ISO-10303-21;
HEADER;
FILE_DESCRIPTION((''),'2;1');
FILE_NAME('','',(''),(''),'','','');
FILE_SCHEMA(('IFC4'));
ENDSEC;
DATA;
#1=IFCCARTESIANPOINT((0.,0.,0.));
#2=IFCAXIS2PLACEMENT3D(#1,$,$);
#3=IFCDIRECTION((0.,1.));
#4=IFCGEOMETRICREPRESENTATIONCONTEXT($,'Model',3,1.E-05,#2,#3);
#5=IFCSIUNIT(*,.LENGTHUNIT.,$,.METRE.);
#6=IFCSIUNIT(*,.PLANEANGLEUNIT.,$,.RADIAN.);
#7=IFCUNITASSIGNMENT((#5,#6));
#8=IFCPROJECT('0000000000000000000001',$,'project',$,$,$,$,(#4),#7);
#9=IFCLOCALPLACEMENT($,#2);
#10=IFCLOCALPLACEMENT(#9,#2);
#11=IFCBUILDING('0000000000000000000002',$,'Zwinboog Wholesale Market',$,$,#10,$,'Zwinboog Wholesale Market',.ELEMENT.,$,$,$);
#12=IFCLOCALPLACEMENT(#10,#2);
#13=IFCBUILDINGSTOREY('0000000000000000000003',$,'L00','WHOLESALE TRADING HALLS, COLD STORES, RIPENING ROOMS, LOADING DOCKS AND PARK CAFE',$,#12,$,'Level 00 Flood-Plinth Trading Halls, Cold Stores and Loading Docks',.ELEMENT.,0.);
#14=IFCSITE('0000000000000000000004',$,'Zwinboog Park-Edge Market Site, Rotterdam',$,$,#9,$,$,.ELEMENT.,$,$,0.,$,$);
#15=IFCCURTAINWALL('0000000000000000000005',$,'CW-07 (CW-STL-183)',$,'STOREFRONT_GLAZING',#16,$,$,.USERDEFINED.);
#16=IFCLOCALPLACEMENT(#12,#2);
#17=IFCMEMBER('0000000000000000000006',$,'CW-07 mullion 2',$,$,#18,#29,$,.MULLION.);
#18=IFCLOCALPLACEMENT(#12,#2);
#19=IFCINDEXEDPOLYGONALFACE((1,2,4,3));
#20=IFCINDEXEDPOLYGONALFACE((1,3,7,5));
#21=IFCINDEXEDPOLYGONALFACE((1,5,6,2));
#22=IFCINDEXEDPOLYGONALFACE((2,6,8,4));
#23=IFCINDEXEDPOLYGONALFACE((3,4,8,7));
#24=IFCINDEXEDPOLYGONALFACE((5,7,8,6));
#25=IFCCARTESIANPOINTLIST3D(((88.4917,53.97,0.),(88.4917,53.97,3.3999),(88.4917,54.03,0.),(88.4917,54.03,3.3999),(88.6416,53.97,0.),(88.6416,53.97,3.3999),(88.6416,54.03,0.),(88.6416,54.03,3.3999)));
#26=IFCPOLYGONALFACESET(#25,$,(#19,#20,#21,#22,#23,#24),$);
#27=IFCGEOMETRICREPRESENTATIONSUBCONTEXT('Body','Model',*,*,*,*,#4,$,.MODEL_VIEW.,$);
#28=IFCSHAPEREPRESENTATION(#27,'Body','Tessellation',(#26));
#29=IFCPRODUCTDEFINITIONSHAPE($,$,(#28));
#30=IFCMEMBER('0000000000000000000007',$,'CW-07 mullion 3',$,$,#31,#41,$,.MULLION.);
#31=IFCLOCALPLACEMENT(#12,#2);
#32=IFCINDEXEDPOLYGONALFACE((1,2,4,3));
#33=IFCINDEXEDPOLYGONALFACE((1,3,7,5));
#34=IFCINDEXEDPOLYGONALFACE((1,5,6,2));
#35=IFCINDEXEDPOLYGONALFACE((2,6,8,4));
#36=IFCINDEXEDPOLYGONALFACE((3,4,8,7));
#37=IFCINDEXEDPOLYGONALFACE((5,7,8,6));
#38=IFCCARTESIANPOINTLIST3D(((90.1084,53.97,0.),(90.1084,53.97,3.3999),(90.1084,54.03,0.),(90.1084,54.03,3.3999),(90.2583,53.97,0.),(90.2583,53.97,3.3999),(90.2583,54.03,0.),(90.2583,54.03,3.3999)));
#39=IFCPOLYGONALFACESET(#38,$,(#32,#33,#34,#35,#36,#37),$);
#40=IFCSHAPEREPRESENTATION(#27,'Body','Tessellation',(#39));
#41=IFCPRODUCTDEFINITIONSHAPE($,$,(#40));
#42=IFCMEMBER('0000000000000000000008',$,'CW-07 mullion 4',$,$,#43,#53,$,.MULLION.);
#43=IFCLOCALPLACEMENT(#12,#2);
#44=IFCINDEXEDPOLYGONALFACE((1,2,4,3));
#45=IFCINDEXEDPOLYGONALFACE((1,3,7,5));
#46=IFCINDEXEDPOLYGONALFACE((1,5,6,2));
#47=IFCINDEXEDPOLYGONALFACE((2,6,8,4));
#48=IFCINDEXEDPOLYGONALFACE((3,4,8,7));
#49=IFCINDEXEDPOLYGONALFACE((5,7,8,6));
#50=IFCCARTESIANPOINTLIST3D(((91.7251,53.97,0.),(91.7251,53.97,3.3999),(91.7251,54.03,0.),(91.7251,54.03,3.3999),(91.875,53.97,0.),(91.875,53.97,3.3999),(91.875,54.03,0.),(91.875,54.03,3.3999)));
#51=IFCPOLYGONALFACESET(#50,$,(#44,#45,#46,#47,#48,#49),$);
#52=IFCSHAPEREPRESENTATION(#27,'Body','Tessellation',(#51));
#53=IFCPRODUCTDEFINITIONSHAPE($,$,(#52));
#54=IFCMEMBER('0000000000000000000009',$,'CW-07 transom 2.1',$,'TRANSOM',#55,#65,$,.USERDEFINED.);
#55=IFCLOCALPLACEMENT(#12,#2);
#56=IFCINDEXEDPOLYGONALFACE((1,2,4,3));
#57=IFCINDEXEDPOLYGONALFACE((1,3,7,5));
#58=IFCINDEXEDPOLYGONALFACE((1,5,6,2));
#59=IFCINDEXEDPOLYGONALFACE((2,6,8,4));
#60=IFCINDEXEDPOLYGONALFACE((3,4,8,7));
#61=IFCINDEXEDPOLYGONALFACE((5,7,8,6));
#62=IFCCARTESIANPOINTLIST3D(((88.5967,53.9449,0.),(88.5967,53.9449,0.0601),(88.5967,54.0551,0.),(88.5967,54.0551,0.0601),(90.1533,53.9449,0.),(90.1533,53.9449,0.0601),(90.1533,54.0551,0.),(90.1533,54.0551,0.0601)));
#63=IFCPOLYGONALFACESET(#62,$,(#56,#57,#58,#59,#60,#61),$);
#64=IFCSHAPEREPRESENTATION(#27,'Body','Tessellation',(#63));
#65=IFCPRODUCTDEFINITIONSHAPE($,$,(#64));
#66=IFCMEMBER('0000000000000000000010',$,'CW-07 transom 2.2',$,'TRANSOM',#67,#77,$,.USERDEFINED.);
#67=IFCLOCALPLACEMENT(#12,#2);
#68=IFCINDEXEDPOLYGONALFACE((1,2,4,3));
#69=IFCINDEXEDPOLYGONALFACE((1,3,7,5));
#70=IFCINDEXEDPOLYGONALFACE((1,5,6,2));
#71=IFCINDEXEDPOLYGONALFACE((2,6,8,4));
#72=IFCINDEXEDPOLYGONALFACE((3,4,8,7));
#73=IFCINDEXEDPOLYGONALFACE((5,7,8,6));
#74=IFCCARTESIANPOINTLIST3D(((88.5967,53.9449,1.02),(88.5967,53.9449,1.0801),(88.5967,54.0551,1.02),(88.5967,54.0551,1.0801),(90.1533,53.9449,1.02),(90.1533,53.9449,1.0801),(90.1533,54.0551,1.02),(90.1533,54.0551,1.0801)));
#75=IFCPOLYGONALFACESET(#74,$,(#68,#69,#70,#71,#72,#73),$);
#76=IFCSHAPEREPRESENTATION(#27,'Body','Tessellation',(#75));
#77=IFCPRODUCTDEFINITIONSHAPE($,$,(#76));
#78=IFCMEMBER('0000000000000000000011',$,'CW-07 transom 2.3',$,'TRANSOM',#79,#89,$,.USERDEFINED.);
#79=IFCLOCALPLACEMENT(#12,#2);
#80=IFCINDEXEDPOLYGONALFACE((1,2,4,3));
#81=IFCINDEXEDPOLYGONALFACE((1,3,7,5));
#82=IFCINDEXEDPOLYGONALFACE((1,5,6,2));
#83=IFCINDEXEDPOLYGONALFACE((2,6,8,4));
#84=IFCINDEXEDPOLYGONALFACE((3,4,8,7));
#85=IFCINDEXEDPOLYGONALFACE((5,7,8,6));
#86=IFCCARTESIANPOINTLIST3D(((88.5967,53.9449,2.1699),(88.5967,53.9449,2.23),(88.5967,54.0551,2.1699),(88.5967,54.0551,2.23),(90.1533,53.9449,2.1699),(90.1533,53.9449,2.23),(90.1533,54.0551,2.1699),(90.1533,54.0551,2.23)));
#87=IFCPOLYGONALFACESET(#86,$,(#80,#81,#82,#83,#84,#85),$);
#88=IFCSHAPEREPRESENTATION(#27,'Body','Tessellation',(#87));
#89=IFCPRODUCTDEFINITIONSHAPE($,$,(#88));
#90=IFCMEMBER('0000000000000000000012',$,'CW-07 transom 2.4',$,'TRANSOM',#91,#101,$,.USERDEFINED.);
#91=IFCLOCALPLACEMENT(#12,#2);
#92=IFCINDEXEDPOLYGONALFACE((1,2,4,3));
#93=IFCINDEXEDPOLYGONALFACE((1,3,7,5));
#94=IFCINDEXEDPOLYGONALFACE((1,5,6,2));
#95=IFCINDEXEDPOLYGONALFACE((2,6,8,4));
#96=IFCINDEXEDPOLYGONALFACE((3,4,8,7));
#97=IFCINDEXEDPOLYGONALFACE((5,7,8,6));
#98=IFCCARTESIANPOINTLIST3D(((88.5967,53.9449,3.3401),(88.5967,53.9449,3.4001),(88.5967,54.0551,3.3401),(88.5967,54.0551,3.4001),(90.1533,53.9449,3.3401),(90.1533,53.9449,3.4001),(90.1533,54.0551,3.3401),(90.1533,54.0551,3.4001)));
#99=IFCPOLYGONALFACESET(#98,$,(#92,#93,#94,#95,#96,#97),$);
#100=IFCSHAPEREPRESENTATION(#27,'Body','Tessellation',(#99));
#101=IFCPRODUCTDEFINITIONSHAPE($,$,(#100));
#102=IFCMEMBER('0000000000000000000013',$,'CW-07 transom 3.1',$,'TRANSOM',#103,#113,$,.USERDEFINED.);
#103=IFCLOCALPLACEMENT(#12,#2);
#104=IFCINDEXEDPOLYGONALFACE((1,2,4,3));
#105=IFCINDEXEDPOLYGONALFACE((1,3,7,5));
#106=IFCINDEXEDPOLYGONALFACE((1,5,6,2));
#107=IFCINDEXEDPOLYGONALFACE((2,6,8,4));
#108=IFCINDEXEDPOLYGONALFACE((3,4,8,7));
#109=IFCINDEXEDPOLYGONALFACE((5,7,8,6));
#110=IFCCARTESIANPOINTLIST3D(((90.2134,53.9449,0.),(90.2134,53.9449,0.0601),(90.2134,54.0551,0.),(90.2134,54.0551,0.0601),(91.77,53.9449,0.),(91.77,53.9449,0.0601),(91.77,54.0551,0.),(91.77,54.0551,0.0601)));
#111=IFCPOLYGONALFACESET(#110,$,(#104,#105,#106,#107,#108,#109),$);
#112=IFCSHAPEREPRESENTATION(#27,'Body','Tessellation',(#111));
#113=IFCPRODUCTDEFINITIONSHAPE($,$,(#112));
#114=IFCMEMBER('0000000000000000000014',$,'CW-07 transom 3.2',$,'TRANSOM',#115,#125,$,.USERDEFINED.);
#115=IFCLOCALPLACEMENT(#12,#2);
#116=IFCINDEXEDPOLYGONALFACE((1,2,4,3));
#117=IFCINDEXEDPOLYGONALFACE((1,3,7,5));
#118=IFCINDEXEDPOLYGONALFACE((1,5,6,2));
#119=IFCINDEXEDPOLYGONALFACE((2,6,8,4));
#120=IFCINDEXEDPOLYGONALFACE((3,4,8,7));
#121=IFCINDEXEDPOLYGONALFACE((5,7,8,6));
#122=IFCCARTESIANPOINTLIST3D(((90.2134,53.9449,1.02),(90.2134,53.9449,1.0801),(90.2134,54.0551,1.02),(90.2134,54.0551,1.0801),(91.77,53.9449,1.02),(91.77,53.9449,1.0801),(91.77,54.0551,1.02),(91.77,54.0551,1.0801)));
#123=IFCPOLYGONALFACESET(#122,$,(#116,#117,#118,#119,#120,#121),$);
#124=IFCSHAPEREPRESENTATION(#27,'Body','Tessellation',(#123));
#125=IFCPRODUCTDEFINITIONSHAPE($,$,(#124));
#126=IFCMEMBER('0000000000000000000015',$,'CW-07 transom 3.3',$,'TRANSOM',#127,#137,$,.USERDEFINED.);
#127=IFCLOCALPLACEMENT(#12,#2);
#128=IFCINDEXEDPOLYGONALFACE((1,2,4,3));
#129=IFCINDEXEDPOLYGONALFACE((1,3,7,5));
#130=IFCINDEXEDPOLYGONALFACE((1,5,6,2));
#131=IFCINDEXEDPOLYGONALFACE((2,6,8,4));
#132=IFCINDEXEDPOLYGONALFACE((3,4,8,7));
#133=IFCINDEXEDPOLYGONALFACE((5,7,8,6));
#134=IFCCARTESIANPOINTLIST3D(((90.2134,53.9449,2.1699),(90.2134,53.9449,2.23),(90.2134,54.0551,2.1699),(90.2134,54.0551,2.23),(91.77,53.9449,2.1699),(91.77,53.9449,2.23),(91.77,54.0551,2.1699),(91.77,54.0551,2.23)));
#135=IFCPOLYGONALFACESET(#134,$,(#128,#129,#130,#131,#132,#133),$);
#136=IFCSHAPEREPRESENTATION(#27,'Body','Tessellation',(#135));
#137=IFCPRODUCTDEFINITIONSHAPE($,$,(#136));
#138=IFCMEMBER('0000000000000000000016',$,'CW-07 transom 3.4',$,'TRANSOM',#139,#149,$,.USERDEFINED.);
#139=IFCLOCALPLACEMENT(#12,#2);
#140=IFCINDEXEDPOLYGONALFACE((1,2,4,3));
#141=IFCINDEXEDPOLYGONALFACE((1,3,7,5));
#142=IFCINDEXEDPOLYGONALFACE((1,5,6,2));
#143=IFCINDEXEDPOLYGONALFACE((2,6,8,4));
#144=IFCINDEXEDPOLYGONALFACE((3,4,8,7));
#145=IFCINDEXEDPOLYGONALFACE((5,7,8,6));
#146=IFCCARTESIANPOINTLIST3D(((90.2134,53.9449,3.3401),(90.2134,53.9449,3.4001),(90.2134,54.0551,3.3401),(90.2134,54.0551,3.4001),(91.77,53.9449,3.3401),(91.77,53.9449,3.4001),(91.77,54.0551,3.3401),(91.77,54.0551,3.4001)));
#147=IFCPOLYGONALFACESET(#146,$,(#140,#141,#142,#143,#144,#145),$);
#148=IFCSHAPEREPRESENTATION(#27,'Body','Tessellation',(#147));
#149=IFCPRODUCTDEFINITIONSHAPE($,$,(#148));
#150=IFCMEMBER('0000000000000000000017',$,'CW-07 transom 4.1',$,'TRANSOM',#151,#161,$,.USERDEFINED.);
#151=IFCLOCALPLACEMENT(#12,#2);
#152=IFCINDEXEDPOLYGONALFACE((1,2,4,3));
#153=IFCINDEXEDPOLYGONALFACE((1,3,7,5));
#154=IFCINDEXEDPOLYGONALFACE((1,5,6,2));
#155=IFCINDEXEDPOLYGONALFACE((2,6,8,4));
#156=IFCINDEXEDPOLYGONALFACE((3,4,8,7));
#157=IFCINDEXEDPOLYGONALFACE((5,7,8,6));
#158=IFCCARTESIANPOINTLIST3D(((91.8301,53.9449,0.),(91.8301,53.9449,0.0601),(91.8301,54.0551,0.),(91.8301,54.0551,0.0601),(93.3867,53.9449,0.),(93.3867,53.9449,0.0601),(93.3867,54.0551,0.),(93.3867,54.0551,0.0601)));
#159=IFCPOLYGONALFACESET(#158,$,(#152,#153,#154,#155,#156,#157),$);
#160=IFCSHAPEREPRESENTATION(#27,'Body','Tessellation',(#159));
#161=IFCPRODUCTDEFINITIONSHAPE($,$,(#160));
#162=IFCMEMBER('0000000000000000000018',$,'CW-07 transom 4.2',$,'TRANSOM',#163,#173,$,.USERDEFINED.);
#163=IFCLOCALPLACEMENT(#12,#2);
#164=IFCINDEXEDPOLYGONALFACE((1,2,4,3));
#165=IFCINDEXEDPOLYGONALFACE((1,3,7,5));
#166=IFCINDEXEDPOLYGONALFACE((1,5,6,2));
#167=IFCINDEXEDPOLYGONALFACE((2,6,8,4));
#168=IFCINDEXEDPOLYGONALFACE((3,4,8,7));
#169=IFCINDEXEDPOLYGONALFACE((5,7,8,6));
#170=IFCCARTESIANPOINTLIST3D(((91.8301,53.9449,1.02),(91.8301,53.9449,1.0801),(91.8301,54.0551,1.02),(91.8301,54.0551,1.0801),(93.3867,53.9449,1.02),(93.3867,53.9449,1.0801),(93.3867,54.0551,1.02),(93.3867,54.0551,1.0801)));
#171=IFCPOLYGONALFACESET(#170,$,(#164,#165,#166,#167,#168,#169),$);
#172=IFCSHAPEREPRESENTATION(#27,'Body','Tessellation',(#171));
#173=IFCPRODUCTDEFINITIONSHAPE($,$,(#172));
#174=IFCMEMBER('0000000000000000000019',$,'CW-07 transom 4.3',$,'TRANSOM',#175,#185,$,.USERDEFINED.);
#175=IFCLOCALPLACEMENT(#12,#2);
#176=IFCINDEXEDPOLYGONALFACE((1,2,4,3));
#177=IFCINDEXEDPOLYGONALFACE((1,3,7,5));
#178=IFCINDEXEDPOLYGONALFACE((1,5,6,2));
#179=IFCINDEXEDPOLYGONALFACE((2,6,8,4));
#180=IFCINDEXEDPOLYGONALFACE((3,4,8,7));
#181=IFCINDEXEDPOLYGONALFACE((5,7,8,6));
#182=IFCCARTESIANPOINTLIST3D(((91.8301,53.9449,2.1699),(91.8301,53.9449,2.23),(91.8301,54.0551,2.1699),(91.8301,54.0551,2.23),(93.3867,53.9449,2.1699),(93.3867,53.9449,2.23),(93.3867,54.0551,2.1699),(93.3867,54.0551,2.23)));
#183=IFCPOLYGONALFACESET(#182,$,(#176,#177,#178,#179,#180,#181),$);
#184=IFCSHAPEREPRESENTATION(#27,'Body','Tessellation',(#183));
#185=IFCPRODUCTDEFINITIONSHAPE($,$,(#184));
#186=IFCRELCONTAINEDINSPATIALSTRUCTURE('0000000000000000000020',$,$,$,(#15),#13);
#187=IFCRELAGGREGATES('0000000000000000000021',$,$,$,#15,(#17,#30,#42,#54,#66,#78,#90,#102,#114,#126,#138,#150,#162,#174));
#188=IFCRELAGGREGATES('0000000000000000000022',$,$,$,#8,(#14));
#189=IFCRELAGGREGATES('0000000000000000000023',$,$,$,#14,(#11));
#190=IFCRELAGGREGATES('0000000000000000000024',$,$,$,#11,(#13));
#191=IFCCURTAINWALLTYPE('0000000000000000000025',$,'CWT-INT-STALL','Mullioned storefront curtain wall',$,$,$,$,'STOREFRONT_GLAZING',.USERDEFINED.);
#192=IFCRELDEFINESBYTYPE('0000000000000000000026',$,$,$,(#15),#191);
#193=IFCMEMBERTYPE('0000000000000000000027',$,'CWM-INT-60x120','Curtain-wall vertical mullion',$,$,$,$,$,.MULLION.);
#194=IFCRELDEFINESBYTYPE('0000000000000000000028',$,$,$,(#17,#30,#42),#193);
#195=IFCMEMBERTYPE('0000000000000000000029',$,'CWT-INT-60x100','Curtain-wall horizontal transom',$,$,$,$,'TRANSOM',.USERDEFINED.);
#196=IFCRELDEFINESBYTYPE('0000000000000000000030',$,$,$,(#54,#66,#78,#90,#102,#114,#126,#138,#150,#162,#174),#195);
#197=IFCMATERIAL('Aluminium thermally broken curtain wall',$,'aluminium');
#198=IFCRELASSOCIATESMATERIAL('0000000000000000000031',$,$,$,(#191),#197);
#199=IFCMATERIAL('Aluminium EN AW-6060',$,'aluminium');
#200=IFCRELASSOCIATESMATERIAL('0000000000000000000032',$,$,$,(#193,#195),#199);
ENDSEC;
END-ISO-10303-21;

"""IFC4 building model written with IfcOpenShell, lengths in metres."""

from ifc_helpers import new_model, si_unit, direction, frame, origin, origin_2d, place, context, subcontext, project, spatial, rectangle, extrude, material, material_profile, profile_set, type_object, element, aggregate, save


model = new_model("IFC4")

# Units and contexts
model_context = context("Model", 3, precision=1e-05, world=origin(), true_north=direction((0.0, 1.0)))
body_context = subcontext(model_context, "Body", "Model", "MODEL_VIEW")
ifc_project = project(units=[si_unit("LENGTHUNIT", "METRE"), si_unit("PLANEANGLEUNIT", "RADIAN")], contexts=[model_context])

# Site, building, storey
site_placement = place(None, origin())
site = spatial("IfcSite", under=ifc_project, at=site_placement, Name="Zwinboog Park-Edge Market Site, Rotterdam", CompositionType="ELEMENT", RefElevation=0.0)
building_placement = place(site_placement, origin())
building = spatial("IfcBuilding", under=site, at=building_placement, Name="Zwinboog Wholesale Market", LongName="Zwinboog Wholesale Market", CompositionType="ELEMENT")
storey_placement = place(building_placement, origin())
storey = spatial("IfcBuildingStorey", under=building, at=storey_placement, Name="L00", Description="WHOLESALE TRADING HALLS, COLD STORES, RIPENING ROOMS, LOADING DOCKS AND PARK CAFE", LongName="Level 00 Flood-Plinth Trading Halls, Cold Stores and Loading Docks", CompositionType="ELEMENT", Elevation=0.0)

# Curtain wall, members
ifc_material_1 = material(Name="Aluminium thermally broken curtain wall", Category="aluminium")
curtain_wall_type = type_object("IfcCurtainWallType", Name="CWT-INT-STALL", Description="Mullioned storefront curtain wall", ElementType="STOREFRONT_GLAZING", PredefinedType="USERDEFINED", material=ifc_material_1)
curtain_wall_placement = place(storey_placement, origin())
curtain_wall = element("IfcCurtainWall", 1, at=curtain_wall_placement, inside=storey, type_object=curtain_wall_type, Name="CW-07 (CW-STL-183)", ObjectType="STOREFRONT_GLAZING", PredefinedType="USERDEFINED")
ifc_material_2 = material(Name="Aluminium EN AW-6060", Category="aluminium")
ifc_material_profile_1 = material_profile(ifc_material_2, rectangle(XDim=0.0601, YDim=0.1499, at=origin_2d()), Name="AL 60x150")
ifc_profile_set_1 = profile_set([ifc_material_profile_1], Name="Aluminium EN AW-6060")
member_type_1 = type_object("IfcMemberType", Name="CWM-INT-60x120", Description="Curtain-wall vertical mullion", PredefinedType="MULLION", material=ifc_profile_set_1)
member_1_placement = place(storey_placement, frame((88.5667, 54.0, 0.0), z_axis=(0.0, 0.0, 1.0), x_axis=(0.0, 1.0, 0.0)))
member_1 = element("IfcMember", 2, at=member_1_placement, type_object=member_type_1, Name="CW-07 mullion 2", PredefinedType="MULLION", context=body_context, shape_type="SweptSolid", body=[
    extrude(rectangle(XDim=0.0601, YDim=0.1499, at=origin_2d()), origin(), (0.0, 0.0, 1.0), 3.3999),
])
member_2_placement = place(storey_placement, frame((90.1833, 54.0, 0.0), z_axis=(0.0, 0.0, 1.0), x_axis=(0.0, 1.0, 0.0)))
member_2 = element("IfcMember", 3, at=member_2_placement, type_object=member_type_1, Name="CW-07 mullion 3", PredefinedType="MULLION", context=body_context, shape_type="SweptSolid", body=[
    extrude(rectangle(XDim=0.0601, YDim=0.1499, at=origin_2d()), origin(), (0.0, 0.0, 1.0), 3.3999),
])
member_3_placement = place(storey_placement, frame((91.8, 54.0, 0.0), z_axis=(0.0, 0.0, 1.0), x_axis=(0.0, 1.0, 0.0)))
member_3 = element("IfcMember", 4, at=member_3_placement, type_object=member_type_1, Name="CW-07 mullion 4", PredefinedType="MULLION", context=body_context, shape_type="SweptSolid", body=[
    extrude(rectangle(XDim=0.0601, YDim=0.1499, at=origin_2d()), origin(), (0.0, 0.0, 1.0), 3.3999),
])
ifc_material_profile_2 = material_profile(ifc_material_2, rectangle(XDim=0.1101, YDim=0.0601, at=origin_2d()), Name="AL 60x110")
ifc_profile_set_2 = profile_set([ifc_material_profile_2], Name="Aluminium EN AW-6060")
member_type_2 = type_object("IfcMemberType", Name="CWT-INT-60x100", Description="Curtain-wall horizontal transom", ElementType="TRANSOM", PredefinedType="USERDEFINED", material=ifc_profile_set_2)
member_4_placement = place(storey_placement, frame((88.5967, 54.0, 0.03), z_axis=(1.0, 0.0, 0.0), x_axis=(0.0, 1.0, 0.0)))
member_4 = element("IfcMember", 5, at=member_4_placement, type_object=member_type_2, Name="CW-07 transom 2.1", ObjectType="TRANSOM", PredefinedType="USERDEFINED", context=body_context, shape_type="SweptSolid", body=[
    extrude(rectangle(XDim=0.1101, YDim=0.0601, at=origin_2d()), origin(), (0.0, 0.0, 1.0), 1.5566),
])
member_5_placement = place(storey_placement, frame((88.5967, 54.0, 1.05), z_axis=(1.0, 0.0, 0.0), x_axis=(0.0, 1.0, 0.0)))
member_5 = element("IfcMember", 6, at=member_5_placement, type_object=member_type_2, Name="CW-07 transom 2.2", ObjectType="TRANSOM", PredefinedType="USERDEFINED", context=body_context, shape_type="SweptSolid", body=[
    extrude(rectangle(XDim=0.1101, YDim=0.0601, at=origin_2d()), origin(), (0.0, 0.0, 1.0), 1.5566),
])
member_6_placement = place(storey_placement, frame((88.5967, 54.0, 2.2), z_axis=(1.0, 0.0, 0.0), x_axis=(0.0, 1.0, 0.0)))
member_6 = element("IfcMember", 7, at=member_6_placement, type_object=member_type_2, Name="CW-07 transom 2.3", ObjectType="TRANSOM", PredefinedType="USERDEFINED", context=body_context, shape_type="SweptSolid", body=[
    extrude(rectangle(XDim=0.1101, YDim=0.0601, at=origin_2d()), origin(), (0.0, 0.0, 1.0), 1.5566),
])
member_7_placement = place(storey_placement, frame((88.5967, 54.0, 3.3701), z_axis=(1.0, 0.0, 0.0), x_axis=(0.0, 1.0, 0.0)))
member_7 = element("IfcMember", 8, at=member_7_placement, type_object=member_type_2, Name="CW-07 transom 2.4", ObjectType="TRANSOM", PredefinedType="USERDEFINED", context=body_context, shape_type="SweptSolid", body=[
    extrude(rectangle(XDim=0.1101, YDim=0.0601, at=origin_2d()), origin(), (0.0, 0.0, 1.0), 1.5566),
])
member_8_placement = place(storey_placement, frame((90.2134, 54.0, 0.03), z_axis=(1.0, 0.0, 0.0), x_axis=(0.0, 1.0, 0.0)))
member_8 = element("IfcMember", 9, at=member_8_placement, type_object=member_type_2, Name="CW-07 transom 3.1", ObjectType="TRANSOM", PredefinedType="USERDEFINED", context=body_context, shape_type="SweptSolid", body=[
    extrude(rectangle(XDim=0.1101, YDim=0.0601, at=origin_2d()), origin(), (0.0, 0.0, 1.0), 1.5566),
])
member_9_placement = place(storey_placement, frame((90.2134, 54.0, 1.05), z_axis=(1.0, 0.0, 0.0), x_axis=(0.0, 1.0, 0.0)))
member_9 = element("IfcMember", 10, at=member_9_placement, type_object=member_type_2, Name="CW-07 transom 3.2", ObjectType="TRANSOM", PredefinedType="USERDEFINED", context=body_context, shape_type="SweptSolid", body=[
    extrude(rectangle(XDim=0.1101, YDim=0.0601, at=origin_2d()), origin(), (0.0, 0.0, 1.0), 1.5566),
])
member_10_placement = place(storey_placement, frame((90.2134, 54.0, 2.2), z_axis=(1.0, 0.0, 0.0), x_axis=(0.0, 1.0, 0.0)))
member_10 = element("IfcMember", 11, at=member_10_placement, type_object=member_type_2, Name="CW-07 transom 3.3", ObjectType="TRANSOM", PredefinedType="USERDEFINED", context=body_context, shape_type="SweptSolid", body=[
    extrude(rectangle(XDim=0.1101, YDim=0.0601, at=origin_2d()), origin(), (0.0, 0.0, 1.0), 1.5566),
])
member_11_placement = place(storey_placement, frame((90.2134, 54.0, 3.3701), z_axis=(1.0, 0.0, 0.0), x_axis=(0.0, 1.0, 0.0)))
member_11 = element("IfcMember", 12, at=member_11_placement, type_object=member_type_2, Name="CW-07 transom 3.4", ObjectType="TRANSOM", PredefinedType="USERDEFINED", context=body_context, shape_type="SweptSolid", body=[
    extrude(rectangle(XDim=0.1101, YDim=0.0601, at=origin_2d()), origin(), (0.0, 0.0, 1.0), 1.5566),
])
member_12_placement = place(storey_placement, frame((91.8301, 54.0, 0.03), z_axis=(1.0, 0.0, 0.0), x_axis=(0.0, 1.0, 0.0)))
member_12 = element("IfcMember", 13, at=member_12_placement, type_object=member_type_2, Name="CW-07 transom 4.1", ObjectType="TRANSOM", PredefinedType="USERDEFINED", context=body_context, shape_type="SweptSolid", body=[
    extrude(rectangle(XDim=0.1101, YDim=0.0601, at=origin_2d()), origin(), (0.0, 0.0, 1.0), 1.5566),
])
member_13_placement = place(storey_placement, frame((91.8301, 54.0, 1.05), z_axis=(1.0, 0.0, 0.0), x_axis=(0.0, 1.0, 0.0)))
member_13 = element("IfcMember", 14, at=member_13_placement, type_object=member_type_2, Name="CW-07 transom 4.2", ObjectType="TRANSOM", PredefinedType="USERDEFINED", context=body_context, shape_type="SweptSolid", body=[
    extrude(rectangle(XDim=0.1101, YDim=0.0601, at=origin_2d()), origin(), (0.0, 0.0, 1.0), 1.5566),
])
member_14_placement = place(storey_placement, frame((91.8301, 54.0, 2.2), z_axis=(1.0, 0.0, 0.0), x_axis=(0.0, 1.0, 0.0)))
member_14 = element("IfcMember", 15, at=member_14_placement, type_object=member_type_2, Name="CW-07 transom 4.3", ObjectType="TRANSOM", PredefinedType="USERDEFINED", context=body_context, shape_type="SweptSolid", body=[
    extrude(rectangle(XDim=0.1101, YDim=0.0601, at=origin_2d()), origin(), (0.0, 0.0, 1.0), 1.5566),
])
aggregate(curtain_wall, [member_1, member_2, member_3, member_4, member_5, member_6, member_7, member_8, member_9, member_10, member_11, member_12, member_13, member_14])

save(model, "model.ifc")
